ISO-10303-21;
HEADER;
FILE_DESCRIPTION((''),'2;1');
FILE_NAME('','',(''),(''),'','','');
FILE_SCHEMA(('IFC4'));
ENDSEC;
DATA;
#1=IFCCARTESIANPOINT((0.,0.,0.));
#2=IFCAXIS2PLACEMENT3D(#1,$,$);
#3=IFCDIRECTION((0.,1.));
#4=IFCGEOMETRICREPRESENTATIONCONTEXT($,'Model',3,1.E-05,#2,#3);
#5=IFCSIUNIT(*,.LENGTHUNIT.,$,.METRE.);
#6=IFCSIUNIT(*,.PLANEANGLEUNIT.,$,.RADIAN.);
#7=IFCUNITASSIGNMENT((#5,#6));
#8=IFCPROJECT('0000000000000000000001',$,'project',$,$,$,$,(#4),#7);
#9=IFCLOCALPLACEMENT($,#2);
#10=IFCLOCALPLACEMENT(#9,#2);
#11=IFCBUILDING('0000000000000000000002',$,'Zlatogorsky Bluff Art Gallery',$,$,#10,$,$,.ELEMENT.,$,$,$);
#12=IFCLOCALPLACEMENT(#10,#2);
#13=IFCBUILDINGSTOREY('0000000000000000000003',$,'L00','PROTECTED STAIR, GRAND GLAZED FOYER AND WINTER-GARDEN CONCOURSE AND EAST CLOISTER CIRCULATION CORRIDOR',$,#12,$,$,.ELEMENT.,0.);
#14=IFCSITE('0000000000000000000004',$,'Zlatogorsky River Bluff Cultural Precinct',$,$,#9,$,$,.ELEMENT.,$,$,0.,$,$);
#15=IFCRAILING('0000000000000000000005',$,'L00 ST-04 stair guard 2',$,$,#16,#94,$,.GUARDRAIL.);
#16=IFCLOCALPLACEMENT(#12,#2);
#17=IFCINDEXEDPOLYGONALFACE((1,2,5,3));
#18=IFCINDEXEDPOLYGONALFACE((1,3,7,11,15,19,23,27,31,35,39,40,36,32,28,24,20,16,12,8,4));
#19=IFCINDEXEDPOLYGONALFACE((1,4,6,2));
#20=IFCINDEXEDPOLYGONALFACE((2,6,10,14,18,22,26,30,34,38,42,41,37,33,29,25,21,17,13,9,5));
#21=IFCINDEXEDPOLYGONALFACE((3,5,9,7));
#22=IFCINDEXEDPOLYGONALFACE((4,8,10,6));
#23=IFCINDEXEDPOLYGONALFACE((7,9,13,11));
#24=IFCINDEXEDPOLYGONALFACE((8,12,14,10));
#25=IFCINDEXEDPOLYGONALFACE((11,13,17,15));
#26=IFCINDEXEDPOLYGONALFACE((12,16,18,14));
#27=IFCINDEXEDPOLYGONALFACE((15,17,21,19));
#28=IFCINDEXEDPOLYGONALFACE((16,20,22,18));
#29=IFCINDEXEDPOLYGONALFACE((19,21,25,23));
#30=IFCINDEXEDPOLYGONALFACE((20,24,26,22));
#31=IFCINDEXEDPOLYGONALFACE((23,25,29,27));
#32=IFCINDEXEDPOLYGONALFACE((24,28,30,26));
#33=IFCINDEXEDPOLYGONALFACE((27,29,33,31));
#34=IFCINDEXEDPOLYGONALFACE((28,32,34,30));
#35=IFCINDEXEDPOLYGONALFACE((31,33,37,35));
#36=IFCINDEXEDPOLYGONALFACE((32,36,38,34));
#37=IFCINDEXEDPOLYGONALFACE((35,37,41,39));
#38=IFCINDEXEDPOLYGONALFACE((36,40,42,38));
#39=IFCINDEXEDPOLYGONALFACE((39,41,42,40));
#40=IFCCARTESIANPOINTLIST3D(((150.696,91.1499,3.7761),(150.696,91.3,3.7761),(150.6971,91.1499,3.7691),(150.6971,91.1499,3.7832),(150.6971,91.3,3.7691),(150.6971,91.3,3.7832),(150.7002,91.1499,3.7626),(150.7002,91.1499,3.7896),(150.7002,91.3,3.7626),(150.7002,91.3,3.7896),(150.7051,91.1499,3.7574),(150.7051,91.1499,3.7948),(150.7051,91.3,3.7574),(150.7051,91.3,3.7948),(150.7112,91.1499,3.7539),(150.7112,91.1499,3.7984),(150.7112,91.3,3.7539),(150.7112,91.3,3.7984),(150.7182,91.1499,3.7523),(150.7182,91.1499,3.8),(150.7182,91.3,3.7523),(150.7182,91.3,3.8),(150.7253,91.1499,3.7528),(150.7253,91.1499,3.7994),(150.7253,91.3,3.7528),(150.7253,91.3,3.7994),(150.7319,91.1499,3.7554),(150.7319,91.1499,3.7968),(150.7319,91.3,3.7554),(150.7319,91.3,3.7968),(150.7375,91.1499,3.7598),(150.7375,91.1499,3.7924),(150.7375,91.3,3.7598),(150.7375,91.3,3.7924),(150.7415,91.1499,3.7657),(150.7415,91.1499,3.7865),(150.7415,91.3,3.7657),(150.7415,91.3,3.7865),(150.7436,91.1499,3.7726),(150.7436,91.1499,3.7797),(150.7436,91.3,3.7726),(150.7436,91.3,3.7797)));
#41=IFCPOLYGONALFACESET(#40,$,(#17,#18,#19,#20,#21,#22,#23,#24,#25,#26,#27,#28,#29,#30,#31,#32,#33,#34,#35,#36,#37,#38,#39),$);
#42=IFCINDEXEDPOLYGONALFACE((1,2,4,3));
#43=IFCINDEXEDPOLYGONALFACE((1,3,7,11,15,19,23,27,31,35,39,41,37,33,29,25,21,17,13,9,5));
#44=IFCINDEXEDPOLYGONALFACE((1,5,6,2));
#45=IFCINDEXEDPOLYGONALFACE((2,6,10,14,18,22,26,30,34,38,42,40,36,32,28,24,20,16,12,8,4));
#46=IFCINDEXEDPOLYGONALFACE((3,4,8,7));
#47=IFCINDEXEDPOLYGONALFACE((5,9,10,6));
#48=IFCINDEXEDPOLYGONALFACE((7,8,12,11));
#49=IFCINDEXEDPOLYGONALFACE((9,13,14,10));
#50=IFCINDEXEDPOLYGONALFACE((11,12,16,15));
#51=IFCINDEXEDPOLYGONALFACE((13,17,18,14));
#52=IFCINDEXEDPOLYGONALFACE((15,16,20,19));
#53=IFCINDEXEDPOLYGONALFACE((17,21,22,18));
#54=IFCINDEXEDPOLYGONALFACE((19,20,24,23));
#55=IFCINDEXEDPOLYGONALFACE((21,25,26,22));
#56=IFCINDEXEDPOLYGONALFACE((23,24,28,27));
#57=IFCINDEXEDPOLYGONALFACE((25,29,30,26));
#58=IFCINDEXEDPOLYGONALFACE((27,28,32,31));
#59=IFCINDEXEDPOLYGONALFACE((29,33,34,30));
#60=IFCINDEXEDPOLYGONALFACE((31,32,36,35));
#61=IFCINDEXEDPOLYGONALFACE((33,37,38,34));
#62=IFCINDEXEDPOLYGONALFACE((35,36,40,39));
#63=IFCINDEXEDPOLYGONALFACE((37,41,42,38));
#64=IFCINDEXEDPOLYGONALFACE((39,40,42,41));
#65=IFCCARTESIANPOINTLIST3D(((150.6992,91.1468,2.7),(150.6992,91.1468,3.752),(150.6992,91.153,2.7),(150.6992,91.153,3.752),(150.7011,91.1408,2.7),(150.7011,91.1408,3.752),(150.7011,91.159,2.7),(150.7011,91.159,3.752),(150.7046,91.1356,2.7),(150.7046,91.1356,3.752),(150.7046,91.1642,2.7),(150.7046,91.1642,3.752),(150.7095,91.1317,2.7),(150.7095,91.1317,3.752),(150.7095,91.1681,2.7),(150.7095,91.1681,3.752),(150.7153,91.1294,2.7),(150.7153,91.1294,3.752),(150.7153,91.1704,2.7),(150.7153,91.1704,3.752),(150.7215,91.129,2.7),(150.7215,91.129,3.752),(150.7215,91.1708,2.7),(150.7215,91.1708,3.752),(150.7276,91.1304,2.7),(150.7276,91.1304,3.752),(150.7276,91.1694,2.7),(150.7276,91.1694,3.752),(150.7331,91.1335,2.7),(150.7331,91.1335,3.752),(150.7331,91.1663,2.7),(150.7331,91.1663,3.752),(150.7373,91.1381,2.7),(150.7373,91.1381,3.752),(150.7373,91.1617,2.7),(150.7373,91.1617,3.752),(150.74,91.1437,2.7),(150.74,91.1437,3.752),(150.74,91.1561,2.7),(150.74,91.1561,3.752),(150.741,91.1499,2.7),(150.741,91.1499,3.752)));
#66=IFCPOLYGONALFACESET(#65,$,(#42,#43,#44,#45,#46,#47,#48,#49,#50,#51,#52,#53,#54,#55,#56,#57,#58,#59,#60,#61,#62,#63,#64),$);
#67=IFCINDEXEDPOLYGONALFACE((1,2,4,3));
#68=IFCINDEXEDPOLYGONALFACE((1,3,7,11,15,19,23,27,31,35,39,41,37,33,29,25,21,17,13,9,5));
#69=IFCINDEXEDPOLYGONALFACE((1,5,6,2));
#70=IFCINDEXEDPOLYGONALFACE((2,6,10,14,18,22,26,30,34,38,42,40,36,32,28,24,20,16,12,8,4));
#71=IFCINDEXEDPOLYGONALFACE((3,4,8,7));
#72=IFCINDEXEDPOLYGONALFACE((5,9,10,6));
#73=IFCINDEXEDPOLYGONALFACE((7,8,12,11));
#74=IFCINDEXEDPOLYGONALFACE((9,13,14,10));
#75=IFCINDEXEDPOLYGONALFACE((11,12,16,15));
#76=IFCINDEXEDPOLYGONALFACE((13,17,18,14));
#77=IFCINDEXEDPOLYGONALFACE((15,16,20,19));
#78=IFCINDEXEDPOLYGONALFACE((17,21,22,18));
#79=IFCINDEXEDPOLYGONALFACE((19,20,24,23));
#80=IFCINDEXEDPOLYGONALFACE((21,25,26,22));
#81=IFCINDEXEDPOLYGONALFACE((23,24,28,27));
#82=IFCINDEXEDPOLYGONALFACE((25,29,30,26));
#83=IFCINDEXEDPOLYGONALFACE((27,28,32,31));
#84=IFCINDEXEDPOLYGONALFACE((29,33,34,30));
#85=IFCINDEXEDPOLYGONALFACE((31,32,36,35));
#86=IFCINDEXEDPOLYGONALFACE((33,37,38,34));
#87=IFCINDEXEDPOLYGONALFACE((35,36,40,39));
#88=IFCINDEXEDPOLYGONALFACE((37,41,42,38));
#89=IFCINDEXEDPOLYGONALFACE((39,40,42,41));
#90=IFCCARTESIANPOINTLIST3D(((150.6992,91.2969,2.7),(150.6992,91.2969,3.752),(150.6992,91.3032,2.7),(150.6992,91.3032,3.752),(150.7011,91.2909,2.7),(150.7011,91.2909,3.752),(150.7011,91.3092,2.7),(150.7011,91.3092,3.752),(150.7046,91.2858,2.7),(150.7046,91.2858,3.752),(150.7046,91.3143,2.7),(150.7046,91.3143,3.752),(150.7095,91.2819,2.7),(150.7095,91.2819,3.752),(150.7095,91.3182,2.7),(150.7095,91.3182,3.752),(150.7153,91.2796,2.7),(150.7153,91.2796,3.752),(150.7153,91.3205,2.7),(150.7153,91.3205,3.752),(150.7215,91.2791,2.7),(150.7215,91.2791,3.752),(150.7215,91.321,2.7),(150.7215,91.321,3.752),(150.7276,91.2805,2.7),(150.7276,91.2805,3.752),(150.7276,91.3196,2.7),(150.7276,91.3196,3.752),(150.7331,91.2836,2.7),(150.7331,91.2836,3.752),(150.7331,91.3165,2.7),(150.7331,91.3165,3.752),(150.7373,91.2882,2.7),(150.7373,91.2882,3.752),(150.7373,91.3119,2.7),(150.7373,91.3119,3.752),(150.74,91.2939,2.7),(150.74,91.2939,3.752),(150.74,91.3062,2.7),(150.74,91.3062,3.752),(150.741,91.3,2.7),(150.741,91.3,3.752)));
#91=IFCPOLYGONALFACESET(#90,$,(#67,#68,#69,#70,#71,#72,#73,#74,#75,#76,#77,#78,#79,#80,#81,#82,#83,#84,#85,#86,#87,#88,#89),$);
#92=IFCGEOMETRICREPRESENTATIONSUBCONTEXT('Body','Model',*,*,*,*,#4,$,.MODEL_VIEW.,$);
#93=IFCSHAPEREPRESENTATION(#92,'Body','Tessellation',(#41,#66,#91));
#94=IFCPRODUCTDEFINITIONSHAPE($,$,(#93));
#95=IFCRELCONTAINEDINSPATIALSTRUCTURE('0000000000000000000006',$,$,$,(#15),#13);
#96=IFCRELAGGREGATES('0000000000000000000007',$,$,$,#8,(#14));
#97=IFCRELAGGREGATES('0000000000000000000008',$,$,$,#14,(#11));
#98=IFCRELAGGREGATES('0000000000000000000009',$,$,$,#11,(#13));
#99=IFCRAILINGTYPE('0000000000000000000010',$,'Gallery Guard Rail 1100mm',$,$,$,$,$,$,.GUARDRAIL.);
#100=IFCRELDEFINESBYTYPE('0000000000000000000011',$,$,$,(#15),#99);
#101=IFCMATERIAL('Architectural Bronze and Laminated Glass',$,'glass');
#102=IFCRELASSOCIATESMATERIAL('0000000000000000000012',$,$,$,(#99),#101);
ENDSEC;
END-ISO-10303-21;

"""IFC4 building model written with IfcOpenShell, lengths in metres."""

from ifc_helpers import new_model, si_unit, direction, frame, origin, origin_2d, place, context, subcontext, project, spatial, circle, extrude, material, type_object, element, save


model = new_model("IFC4")

# Units and contexts
model_context = context("Model", 3, precision=1e-05, world=origin(), true_north=direction((0.0, 1.0)))
body_context = subcontext(model_context, "Body", "Model", "MODEL_VIEW")
ifc_project = project(units=[si_unit("LENGTHUNIT", "METRE"), si_unit("PLANEANGLEUNIT", "RADIAN")], contexts=[model_context])

# Site, building, storey
site_placement = place(None, origin())
site = spatial("IfcSite", under=ifc_project, at=site_placement, Name="Zlatogorsky River Bluff Cultural Precinct", CompositionType="ELEMENT", RefElevation=0.0)
building_placement = place(site_placement, origin())
building = spatial("IfcBuilding", under=site, at=building_placement, Name="Zlatogorsky Bluff Art Gallery", CompositionType="ELEMENT")
storey_placement = place(building_placement, origin())
storey = spatial("IfcBuildingStorey", under=building, at=storey_placement, Name="L00", Description="PROTECTED STAIR, GRAND GLAZED FOYER AND WINTER-GARDEN CONCOURSE AND EAST CLOISTER CIRCULATION CORRIDOR", CompositionType="ELEMENT", Elevation=0.0)

# Railing
ifc_material_1 = material(Name="Architectural Bronze and Laminated Glass", Category="glass")
railing_type_1 = type_object("IfcRailingType", Name="Gallery Guard Rail 1100mm", PredefinedType="GUARDRAIL", material=ifc_material_1)
railing_1_placement = place(storey_placement, frame((150.72, 91.1499, 2.7)))
element("IfcRailing", 1, at=railing_1_placement, inside=storey, type_object=railing_type_1, Name="L00 ST-04 stair guard 2", PredefinedType="GUARDRAIL", context=body_context, shape_type="SweptSolid", body=[
    extrude(circle(Radius=0.0239, at=origin_2d()), frame((0.0, 0.0, 1.0762), z_axis=(0.0, 1.0, 0.0), x_axis=(-1.0, 0.0, 0.0)), (0.0, 0.0, 1.0), 0.1501),
    extrude(circle(Radius=0.021, at=origin_2d()), origin(), (0.0, 0.0, 1.0), 1.052),
    extrude(circle(Radius=0.021, at=origin_2d()), frame((0.0, 0.1501, 0.0)), (0.0, 0.0, 1.0), 1.052),
])

save(model, "model.ifc")
